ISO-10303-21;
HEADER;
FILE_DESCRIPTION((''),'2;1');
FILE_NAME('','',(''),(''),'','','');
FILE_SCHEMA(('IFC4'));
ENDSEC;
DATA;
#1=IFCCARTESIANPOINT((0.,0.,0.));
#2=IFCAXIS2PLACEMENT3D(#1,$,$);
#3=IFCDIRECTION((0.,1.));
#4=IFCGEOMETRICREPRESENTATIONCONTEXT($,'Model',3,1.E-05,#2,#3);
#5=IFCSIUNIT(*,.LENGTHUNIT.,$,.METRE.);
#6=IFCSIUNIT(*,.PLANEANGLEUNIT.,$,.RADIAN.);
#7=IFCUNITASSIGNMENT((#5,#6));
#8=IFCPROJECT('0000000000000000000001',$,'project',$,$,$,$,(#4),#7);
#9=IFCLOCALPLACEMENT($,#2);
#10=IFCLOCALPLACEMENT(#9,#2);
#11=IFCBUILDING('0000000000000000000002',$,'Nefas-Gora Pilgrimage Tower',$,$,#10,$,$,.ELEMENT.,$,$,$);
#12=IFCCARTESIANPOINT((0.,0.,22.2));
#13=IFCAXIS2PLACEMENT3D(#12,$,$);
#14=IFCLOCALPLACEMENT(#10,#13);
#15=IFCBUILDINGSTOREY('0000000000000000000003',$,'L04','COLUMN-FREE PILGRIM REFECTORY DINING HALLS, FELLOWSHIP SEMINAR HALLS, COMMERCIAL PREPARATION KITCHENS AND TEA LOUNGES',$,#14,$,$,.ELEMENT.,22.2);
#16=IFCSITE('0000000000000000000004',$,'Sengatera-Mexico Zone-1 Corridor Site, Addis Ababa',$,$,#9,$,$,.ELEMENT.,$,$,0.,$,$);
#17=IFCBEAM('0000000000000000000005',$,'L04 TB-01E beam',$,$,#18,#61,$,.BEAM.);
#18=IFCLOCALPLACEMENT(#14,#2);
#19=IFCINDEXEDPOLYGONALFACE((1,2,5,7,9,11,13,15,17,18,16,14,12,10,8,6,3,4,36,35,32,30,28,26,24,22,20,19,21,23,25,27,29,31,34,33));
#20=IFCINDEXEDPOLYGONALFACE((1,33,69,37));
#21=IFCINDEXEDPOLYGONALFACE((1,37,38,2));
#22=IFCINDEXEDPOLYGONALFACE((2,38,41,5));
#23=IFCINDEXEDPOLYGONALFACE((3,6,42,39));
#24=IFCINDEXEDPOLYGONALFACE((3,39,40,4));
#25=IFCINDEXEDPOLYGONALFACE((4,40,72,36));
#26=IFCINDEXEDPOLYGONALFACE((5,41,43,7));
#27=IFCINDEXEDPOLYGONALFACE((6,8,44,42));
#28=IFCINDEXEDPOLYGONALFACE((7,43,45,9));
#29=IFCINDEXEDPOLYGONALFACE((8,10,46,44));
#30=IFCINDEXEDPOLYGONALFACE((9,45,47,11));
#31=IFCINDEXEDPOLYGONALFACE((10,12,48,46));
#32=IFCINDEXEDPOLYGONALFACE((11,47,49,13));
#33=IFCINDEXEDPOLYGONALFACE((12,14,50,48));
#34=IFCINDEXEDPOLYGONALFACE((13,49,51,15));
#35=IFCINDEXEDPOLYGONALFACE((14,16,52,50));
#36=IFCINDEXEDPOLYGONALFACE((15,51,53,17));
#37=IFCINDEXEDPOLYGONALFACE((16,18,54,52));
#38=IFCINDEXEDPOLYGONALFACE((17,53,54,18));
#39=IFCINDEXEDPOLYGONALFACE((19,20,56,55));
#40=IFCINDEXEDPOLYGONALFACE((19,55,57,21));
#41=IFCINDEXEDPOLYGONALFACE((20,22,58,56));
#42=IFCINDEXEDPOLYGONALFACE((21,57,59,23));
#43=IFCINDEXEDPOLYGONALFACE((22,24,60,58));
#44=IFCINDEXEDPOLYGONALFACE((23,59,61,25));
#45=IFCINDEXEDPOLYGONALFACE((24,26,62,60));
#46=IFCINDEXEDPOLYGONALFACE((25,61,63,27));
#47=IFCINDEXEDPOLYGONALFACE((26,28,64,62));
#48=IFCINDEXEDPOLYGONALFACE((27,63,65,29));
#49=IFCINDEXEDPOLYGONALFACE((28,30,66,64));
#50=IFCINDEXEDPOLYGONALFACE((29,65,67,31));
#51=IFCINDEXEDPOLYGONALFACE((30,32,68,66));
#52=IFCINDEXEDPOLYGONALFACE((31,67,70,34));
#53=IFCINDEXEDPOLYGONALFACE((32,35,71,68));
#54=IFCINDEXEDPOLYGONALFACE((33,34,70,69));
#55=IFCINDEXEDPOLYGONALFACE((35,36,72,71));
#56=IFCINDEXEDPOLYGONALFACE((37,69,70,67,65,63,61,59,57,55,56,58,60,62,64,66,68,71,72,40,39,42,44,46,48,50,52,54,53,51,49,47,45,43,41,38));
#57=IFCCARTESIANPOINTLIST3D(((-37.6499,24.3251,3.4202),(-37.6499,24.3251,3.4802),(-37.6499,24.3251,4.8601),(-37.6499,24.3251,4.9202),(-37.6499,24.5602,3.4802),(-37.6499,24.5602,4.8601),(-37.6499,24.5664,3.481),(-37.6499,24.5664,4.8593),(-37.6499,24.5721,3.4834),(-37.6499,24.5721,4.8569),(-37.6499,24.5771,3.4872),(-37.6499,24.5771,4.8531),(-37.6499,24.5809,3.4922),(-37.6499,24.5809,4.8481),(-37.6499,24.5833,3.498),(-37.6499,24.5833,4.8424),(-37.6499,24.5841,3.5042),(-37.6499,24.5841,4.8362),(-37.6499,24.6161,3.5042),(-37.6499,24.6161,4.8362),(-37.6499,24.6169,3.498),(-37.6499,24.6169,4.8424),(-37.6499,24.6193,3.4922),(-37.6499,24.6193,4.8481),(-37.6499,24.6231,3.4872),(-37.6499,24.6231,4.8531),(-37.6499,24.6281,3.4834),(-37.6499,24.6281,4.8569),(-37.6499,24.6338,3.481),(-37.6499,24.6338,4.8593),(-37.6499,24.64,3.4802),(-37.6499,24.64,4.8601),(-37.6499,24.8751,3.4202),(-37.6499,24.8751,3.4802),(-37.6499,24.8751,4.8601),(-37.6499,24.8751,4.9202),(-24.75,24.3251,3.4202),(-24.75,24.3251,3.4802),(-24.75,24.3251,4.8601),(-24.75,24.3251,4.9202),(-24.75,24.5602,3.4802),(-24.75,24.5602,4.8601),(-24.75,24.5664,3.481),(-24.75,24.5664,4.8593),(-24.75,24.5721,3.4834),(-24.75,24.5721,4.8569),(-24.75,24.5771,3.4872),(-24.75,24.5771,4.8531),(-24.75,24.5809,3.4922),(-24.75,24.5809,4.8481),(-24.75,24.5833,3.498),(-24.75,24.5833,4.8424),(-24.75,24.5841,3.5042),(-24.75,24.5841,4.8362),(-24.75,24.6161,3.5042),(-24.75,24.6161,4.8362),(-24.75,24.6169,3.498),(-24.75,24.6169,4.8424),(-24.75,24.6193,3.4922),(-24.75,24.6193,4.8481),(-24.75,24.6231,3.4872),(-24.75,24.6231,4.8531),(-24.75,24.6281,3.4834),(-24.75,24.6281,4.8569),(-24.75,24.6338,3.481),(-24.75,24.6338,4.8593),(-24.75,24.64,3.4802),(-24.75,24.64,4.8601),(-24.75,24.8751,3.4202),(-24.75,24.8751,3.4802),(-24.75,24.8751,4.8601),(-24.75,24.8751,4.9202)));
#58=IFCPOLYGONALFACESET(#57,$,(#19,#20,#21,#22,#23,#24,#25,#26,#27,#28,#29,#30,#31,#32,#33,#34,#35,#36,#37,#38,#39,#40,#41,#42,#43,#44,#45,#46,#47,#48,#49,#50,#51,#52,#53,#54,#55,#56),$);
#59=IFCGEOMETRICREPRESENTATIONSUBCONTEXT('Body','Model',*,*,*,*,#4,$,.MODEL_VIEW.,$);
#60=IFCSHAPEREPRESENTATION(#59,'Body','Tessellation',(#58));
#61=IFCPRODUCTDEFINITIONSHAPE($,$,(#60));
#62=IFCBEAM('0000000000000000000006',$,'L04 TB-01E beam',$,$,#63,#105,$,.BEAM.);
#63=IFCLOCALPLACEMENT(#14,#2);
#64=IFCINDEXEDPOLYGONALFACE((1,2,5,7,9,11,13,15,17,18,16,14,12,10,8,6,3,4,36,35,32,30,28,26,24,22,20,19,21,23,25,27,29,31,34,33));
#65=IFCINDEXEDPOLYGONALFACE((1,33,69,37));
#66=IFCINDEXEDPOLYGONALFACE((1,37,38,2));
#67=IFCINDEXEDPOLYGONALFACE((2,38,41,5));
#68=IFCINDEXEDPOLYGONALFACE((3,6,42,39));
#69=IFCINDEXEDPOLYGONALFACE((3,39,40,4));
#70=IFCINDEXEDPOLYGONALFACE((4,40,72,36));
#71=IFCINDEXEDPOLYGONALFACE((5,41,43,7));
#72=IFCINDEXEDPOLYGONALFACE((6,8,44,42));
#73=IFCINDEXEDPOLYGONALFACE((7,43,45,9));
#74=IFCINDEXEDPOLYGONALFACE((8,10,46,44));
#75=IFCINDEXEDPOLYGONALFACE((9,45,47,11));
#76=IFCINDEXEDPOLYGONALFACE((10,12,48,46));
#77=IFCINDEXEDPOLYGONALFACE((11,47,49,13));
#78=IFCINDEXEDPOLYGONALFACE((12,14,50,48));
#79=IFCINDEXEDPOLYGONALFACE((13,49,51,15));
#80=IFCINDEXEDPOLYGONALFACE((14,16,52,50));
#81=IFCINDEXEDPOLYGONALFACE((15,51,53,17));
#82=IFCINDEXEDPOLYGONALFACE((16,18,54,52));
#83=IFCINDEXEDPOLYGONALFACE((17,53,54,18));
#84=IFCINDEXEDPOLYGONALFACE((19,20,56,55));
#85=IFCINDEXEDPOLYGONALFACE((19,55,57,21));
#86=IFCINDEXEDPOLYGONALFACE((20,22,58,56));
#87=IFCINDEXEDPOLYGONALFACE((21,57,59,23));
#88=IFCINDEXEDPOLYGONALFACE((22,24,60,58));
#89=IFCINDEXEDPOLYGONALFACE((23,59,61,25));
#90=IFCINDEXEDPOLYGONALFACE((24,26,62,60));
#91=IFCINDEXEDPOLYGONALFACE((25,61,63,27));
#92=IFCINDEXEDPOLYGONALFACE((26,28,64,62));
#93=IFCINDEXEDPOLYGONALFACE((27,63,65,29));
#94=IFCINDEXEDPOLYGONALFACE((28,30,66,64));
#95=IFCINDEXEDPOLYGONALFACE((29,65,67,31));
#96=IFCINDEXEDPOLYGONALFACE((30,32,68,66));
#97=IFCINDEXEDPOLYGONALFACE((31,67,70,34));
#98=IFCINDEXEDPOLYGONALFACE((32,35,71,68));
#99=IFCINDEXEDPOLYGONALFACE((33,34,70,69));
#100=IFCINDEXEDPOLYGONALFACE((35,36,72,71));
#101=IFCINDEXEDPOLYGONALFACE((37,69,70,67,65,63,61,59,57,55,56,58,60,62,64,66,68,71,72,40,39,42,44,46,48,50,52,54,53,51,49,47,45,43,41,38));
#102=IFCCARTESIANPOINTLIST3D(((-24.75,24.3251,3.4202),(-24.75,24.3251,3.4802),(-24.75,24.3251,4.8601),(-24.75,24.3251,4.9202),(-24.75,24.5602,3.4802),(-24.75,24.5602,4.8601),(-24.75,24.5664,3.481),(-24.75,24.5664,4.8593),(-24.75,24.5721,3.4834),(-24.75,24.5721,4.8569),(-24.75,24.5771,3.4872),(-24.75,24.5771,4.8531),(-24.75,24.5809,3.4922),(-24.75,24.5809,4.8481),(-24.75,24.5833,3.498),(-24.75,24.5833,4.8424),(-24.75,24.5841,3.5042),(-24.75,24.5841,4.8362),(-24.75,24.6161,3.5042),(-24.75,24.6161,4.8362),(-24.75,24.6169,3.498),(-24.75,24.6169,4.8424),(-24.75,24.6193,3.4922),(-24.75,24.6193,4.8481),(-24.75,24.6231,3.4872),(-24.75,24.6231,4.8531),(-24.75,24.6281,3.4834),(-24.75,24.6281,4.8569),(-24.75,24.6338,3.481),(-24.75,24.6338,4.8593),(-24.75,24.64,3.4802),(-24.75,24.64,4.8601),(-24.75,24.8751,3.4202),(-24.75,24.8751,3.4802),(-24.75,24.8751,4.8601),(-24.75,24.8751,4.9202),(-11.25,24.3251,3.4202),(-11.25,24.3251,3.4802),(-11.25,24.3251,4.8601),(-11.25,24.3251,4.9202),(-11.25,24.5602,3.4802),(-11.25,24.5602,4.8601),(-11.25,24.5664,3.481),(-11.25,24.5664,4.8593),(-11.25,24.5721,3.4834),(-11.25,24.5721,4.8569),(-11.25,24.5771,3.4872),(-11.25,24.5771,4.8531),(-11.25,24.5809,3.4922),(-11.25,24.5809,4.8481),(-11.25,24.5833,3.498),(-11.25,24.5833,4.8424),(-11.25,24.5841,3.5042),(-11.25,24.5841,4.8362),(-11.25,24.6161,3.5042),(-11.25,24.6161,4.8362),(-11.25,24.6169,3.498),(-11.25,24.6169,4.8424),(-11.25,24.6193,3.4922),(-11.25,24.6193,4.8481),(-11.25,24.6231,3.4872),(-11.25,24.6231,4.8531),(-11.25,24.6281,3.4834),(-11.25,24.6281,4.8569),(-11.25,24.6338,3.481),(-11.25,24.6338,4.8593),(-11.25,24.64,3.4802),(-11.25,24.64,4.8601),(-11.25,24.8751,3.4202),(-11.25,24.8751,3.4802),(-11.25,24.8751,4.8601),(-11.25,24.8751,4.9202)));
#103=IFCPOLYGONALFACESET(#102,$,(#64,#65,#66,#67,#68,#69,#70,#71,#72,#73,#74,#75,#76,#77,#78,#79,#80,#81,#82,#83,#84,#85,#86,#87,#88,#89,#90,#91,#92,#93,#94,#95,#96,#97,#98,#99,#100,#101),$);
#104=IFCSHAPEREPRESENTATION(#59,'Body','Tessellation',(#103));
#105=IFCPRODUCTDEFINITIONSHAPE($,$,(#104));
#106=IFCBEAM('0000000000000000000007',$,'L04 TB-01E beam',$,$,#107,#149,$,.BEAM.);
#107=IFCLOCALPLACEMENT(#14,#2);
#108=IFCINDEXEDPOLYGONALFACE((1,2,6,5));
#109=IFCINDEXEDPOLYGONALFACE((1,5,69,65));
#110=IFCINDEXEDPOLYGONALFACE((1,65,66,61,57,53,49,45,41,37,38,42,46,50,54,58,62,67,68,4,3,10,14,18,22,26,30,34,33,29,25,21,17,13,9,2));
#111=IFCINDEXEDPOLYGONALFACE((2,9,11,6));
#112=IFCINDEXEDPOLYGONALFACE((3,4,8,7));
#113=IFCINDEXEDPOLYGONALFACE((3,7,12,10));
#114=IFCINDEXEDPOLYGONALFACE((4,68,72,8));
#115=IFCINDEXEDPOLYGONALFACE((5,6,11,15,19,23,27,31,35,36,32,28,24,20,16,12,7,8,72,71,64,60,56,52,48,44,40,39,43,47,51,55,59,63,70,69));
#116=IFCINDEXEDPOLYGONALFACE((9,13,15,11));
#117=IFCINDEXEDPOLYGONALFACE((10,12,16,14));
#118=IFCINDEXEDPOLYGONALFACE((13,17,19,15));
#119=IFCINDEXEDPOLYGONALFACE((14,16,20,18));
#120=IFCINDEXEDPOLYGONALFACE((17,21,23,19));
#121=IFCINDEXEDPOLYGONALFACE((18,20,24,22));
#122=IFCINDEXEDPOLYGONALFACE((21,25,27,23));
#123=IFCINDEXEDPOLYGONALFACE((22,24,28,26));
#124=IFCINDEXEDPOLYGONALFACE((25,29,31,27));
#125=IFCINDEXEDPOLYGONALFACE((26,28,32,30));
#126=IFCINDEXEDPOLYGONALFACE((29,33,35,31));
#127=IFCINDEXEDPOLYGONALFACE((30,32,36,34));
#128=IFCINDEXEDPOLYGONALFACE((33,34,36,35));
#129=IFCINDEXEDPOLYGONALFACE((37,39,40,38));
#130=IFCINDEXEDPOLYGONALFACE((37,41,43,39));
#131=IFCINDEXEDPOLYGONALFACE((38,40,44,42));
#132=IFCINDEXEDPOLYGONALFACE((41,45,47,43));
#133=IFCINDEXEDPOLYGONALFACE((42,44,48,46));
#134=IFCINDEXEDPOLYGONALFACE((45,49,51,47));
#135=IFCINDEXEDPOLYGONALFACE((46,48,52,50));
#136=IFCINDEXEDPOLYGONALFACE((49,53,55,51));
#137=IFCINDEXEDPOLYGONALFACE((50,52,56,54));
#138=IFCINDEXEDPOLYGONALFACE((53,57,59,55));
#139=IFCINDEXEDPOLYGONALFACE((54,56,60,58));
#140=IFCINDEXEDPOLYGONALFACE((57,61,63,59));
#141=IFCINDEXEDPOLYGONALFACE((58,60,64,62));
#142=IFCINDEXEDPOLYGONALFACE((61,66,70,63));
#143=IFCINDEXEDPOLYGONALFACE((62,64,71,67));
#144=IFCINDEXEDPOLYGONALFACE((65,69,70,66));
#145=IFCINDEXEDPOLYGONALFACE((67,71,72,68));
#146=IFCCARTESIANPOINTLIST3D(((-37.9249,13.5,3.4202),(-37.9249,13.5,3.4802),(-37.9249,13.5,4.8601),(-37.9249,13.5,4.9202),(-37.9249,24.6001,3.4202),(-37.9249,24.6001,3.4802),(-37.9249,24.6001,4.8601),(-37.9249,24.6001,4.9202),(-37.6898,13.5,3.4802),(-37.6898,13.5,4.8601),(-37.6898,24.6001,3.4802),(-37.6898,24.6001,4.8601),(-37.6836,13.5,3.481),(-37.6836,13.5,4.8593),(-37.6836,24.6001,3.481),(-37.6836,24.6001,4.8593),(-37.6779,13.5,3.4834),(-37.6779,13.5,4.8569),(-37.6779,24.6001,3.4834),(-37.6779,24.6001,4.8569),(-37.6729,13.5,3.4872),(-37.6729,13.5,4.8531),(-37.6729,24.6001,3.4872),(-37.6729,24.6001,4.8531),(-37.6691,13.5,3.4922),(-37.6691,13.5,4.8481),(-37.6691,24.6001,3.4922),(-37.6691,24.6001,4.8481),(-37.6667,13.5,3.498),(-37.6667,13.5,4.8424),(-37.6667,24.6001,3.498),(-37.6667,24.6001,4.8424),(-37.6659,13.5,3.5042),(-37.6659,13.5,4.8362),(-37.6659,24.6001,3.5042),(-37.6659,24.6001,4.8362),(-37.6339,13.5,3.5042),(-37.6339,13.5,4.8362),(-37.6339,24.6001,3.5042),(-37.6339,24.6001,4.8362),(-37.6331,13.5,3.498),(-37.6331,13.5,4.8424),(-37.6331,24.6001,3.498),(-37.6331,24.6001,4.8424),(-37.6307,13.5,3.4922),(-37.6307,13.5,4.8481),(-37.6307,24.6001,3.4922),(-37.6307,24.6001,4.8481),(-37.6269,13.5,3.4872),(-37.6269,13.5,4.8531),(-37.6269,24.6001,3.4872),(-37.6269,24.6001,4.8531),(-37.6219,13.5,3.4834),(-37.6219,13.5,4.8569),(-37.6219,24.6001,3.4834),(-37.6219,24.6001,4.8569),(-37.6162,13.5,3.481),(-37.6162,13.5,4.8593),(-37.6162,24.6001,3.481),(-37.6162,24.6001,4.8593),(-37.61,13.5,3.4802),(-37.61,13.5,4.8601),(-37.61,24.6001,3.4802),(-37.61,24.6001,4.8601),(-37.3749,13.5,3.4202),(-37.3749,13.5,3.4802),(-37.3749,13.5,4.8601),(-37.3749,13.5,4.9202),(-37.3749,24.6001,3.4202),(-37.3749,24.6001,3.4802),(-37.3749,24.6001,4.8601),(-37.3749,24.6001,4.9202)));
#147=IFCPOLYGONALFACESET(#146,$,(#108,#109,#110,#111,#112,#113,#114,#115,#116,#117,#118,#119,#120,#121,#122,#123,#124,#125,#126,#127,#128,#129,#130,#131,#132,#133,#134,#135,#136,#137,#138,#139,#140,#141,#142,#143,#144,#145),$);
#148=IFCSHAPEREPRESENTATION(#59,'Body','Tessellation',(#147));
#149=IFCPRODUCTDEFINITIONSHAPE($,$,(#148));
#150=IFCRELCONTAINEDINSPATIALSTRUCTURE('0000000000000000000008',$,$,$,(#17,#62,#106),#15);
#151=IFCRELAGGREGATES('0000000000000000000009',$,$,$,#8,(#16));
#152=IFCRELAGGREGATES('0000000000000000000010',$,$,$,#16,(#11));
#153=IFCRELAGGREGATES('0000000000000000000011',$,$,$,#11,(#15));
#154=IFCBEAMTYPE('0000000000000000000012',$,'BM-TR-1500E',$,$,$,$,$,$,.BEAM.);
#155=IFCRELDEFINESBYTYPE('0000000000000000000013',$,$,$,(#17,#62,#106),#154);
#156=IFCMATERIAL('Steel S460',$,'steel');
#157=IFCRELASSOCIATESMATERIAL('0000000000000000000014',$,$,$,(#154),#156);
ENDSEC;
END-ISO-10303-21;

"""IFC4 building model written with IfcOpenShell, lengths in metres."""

from ifc_helpers import new_model, si_unit, direction, frame, origin, origin_2d, place, context, subcontext, project, spatial, i_section, extrude, source, transform, mapped, material, material_profile, profile_set, type_object, element, save


model = new_model("IFC4")

# Units and contexts
model_context = context("Model", 3, precision=1e-05, world=origin(), true_north=direction((0.0, 1.0)))
body_context = subcontext(model_context, "Body", "Model", "MODEL_VIEW")
ifc_project = project(units=[si_unit("LENGTHUNIT", "METRE"), si_unit("PLANEANGLEUNIT", "RADIAN")], contexts=[model_context])

# Site, building, storey
site_placement = place(None, origin())
site = spatial("IfcSite", under=ifc_project, at=site_placement, Name="Sengatera-Mexico Zone-1 Corridor Site, Addis Ababa", CompositionType="ELEMENT", RefElevation=0.0)
building_placement = place(site_placement, origin())
building = spatial("IfcBuilding", under=site, at=building_placement, Name="Nefas-Gora Pilgrimage Tower", CompositionType="ELEMENT")
storey_placement = place(building_placement, frame((0.0, 0.0, 22.2)))
storey = spatial("IfcBuildingStorey", under=building, at=storey_placement, Name="L04", Description="COLUMN-FREE PILGRIM REFECTORY DINING HALLS, FELLOWSHIP SEMINAR HALLS, COMMERCIAL PREPARATION KITCHENS AND TEA LOUNGES", CompositionType="ELEMENT", Elevation=22.2)

# Shared definitions
ifc_material_1 = material(Name="Steel S460", Category="steel")

# Beams
ifc_material_profile_1 = material_profile(ifc_material_1, i_section(OverallWidth=0.55, OverallDepth=1.5, WebThickness=0.032, FlangeThickness=0.0601, FilletRadius=0.0239, at=origin_2d()), Name="WPG 1500x550x32x60")
ifc_profile_set_1 = profile_set([ifc_material_profile_1], Name="Steel S460")
beam_type = type_object("IfcBeamType", Name="BM-TR-1500E", PredefinedType="BEAM", material=ifc_profile_set_1)
shared_shape_1 = source(origin(), body_context, "Body", "SweptSolid", [
    extrude(i_section(OverallWidth=0.55, OverallDepth=1.5, WebThickness=0.032, FlangeThickness=0.0601, FilletRadius=0.0239, at=origin_2d()), origin(), (0.0, 0.0, 1.0), 12.8999),
])
beam_1_placement = place(storey_placement, frame((-37.6499, 24.6001, 4.1702), z_axis=(1.0, 0.0, 0.0), x_axis=(0.0, 1.0, 0.0)))
element("IfcBeam", 1, at=beam_1_placement, inside=storey, type_object=beam_type, Name="L04 TB-01E beam", PredefinedType="BEAM", context=body_context, shape_type="MappedRepresentation", body=[
    mapped(shared_shape_1, transform((0.0, 0.0, 0.0), x_axis=(1.0, 0.0, 0.0), y_axis=(0.0, 1.0, 0.0), z_axis=(0.0, 0.0, 1.0), scale=1.0)),
])
shared_shape_2 = source(origin(), body_context, "Body", "SweptSolid", [
    extrude(i_section(OverallWidth=0.55, OverallDepth=1.5, WebThickness=0.032, FlangeThickness=0.0601, FilletRadius=0.0239, at=origin_2d()), origin(), (0.0, 0.0, 1.0), 13.5),
])
beam_2_placement = place(storey_placement, frame((-24.75, 24.6001, 4.1702), z_axis=(1.0, 0.0, 0.0), x_axis=(0.0, 1.0, 0.0)))
element("IfcBeam", 2, at=beam_2_placement, inside=storey, type_object=beam_type, Name="L04 TB-01E beam", PredefinedType="BEAM", context=body_context, shape_type="MappedRepresentation", body=[
    mapped(shared_shape_2, transform((0.0, 0.0, 0.0), x_axis=(1.0, 0.0, 0.0), y_axis=(0.0, 1.0, 0.0), z_axis=(0.0, 0.0, 1.0), scale=1.0)),
])
shared_shape_3 = source(origin(), body_context, "Body", "SweptSolid", [
    extrude(i_section(OverallWidth=0.55, OverallDepth=1.5, WebThickness=0.032, FlangeThickness=0.0601, FilletRadius=0.0239, at=origin_2d()), origin(), (0.0, 0.0, 1.0), 11.1001),
])
beam_3_placement = place(storey_placement, frame((-37.6499, 13.5, 4.1702), z_axis=(0.0, 1.0, 0.0), x_axis=(-1.0, 0.0, 0.0)))
element("IfcBeam", 3, at=beam_3_placement, inside=storey, type_object=beam_type, Name="L04 TB-01E beam", PredefinedType="BEAM", context=body_context, shape_type="MappedRepresentation", body=[
    mapped(shared_shape_3, transform((0.0, 0.0, 0.0), x_axis=(1.0, 0.0, 0.0), y_axis=(0.0, 1.0, 0.0), z_axis=(0.0, 0.0, 1.0), scale=1.0)),
])

save(model, "model.ifc")
